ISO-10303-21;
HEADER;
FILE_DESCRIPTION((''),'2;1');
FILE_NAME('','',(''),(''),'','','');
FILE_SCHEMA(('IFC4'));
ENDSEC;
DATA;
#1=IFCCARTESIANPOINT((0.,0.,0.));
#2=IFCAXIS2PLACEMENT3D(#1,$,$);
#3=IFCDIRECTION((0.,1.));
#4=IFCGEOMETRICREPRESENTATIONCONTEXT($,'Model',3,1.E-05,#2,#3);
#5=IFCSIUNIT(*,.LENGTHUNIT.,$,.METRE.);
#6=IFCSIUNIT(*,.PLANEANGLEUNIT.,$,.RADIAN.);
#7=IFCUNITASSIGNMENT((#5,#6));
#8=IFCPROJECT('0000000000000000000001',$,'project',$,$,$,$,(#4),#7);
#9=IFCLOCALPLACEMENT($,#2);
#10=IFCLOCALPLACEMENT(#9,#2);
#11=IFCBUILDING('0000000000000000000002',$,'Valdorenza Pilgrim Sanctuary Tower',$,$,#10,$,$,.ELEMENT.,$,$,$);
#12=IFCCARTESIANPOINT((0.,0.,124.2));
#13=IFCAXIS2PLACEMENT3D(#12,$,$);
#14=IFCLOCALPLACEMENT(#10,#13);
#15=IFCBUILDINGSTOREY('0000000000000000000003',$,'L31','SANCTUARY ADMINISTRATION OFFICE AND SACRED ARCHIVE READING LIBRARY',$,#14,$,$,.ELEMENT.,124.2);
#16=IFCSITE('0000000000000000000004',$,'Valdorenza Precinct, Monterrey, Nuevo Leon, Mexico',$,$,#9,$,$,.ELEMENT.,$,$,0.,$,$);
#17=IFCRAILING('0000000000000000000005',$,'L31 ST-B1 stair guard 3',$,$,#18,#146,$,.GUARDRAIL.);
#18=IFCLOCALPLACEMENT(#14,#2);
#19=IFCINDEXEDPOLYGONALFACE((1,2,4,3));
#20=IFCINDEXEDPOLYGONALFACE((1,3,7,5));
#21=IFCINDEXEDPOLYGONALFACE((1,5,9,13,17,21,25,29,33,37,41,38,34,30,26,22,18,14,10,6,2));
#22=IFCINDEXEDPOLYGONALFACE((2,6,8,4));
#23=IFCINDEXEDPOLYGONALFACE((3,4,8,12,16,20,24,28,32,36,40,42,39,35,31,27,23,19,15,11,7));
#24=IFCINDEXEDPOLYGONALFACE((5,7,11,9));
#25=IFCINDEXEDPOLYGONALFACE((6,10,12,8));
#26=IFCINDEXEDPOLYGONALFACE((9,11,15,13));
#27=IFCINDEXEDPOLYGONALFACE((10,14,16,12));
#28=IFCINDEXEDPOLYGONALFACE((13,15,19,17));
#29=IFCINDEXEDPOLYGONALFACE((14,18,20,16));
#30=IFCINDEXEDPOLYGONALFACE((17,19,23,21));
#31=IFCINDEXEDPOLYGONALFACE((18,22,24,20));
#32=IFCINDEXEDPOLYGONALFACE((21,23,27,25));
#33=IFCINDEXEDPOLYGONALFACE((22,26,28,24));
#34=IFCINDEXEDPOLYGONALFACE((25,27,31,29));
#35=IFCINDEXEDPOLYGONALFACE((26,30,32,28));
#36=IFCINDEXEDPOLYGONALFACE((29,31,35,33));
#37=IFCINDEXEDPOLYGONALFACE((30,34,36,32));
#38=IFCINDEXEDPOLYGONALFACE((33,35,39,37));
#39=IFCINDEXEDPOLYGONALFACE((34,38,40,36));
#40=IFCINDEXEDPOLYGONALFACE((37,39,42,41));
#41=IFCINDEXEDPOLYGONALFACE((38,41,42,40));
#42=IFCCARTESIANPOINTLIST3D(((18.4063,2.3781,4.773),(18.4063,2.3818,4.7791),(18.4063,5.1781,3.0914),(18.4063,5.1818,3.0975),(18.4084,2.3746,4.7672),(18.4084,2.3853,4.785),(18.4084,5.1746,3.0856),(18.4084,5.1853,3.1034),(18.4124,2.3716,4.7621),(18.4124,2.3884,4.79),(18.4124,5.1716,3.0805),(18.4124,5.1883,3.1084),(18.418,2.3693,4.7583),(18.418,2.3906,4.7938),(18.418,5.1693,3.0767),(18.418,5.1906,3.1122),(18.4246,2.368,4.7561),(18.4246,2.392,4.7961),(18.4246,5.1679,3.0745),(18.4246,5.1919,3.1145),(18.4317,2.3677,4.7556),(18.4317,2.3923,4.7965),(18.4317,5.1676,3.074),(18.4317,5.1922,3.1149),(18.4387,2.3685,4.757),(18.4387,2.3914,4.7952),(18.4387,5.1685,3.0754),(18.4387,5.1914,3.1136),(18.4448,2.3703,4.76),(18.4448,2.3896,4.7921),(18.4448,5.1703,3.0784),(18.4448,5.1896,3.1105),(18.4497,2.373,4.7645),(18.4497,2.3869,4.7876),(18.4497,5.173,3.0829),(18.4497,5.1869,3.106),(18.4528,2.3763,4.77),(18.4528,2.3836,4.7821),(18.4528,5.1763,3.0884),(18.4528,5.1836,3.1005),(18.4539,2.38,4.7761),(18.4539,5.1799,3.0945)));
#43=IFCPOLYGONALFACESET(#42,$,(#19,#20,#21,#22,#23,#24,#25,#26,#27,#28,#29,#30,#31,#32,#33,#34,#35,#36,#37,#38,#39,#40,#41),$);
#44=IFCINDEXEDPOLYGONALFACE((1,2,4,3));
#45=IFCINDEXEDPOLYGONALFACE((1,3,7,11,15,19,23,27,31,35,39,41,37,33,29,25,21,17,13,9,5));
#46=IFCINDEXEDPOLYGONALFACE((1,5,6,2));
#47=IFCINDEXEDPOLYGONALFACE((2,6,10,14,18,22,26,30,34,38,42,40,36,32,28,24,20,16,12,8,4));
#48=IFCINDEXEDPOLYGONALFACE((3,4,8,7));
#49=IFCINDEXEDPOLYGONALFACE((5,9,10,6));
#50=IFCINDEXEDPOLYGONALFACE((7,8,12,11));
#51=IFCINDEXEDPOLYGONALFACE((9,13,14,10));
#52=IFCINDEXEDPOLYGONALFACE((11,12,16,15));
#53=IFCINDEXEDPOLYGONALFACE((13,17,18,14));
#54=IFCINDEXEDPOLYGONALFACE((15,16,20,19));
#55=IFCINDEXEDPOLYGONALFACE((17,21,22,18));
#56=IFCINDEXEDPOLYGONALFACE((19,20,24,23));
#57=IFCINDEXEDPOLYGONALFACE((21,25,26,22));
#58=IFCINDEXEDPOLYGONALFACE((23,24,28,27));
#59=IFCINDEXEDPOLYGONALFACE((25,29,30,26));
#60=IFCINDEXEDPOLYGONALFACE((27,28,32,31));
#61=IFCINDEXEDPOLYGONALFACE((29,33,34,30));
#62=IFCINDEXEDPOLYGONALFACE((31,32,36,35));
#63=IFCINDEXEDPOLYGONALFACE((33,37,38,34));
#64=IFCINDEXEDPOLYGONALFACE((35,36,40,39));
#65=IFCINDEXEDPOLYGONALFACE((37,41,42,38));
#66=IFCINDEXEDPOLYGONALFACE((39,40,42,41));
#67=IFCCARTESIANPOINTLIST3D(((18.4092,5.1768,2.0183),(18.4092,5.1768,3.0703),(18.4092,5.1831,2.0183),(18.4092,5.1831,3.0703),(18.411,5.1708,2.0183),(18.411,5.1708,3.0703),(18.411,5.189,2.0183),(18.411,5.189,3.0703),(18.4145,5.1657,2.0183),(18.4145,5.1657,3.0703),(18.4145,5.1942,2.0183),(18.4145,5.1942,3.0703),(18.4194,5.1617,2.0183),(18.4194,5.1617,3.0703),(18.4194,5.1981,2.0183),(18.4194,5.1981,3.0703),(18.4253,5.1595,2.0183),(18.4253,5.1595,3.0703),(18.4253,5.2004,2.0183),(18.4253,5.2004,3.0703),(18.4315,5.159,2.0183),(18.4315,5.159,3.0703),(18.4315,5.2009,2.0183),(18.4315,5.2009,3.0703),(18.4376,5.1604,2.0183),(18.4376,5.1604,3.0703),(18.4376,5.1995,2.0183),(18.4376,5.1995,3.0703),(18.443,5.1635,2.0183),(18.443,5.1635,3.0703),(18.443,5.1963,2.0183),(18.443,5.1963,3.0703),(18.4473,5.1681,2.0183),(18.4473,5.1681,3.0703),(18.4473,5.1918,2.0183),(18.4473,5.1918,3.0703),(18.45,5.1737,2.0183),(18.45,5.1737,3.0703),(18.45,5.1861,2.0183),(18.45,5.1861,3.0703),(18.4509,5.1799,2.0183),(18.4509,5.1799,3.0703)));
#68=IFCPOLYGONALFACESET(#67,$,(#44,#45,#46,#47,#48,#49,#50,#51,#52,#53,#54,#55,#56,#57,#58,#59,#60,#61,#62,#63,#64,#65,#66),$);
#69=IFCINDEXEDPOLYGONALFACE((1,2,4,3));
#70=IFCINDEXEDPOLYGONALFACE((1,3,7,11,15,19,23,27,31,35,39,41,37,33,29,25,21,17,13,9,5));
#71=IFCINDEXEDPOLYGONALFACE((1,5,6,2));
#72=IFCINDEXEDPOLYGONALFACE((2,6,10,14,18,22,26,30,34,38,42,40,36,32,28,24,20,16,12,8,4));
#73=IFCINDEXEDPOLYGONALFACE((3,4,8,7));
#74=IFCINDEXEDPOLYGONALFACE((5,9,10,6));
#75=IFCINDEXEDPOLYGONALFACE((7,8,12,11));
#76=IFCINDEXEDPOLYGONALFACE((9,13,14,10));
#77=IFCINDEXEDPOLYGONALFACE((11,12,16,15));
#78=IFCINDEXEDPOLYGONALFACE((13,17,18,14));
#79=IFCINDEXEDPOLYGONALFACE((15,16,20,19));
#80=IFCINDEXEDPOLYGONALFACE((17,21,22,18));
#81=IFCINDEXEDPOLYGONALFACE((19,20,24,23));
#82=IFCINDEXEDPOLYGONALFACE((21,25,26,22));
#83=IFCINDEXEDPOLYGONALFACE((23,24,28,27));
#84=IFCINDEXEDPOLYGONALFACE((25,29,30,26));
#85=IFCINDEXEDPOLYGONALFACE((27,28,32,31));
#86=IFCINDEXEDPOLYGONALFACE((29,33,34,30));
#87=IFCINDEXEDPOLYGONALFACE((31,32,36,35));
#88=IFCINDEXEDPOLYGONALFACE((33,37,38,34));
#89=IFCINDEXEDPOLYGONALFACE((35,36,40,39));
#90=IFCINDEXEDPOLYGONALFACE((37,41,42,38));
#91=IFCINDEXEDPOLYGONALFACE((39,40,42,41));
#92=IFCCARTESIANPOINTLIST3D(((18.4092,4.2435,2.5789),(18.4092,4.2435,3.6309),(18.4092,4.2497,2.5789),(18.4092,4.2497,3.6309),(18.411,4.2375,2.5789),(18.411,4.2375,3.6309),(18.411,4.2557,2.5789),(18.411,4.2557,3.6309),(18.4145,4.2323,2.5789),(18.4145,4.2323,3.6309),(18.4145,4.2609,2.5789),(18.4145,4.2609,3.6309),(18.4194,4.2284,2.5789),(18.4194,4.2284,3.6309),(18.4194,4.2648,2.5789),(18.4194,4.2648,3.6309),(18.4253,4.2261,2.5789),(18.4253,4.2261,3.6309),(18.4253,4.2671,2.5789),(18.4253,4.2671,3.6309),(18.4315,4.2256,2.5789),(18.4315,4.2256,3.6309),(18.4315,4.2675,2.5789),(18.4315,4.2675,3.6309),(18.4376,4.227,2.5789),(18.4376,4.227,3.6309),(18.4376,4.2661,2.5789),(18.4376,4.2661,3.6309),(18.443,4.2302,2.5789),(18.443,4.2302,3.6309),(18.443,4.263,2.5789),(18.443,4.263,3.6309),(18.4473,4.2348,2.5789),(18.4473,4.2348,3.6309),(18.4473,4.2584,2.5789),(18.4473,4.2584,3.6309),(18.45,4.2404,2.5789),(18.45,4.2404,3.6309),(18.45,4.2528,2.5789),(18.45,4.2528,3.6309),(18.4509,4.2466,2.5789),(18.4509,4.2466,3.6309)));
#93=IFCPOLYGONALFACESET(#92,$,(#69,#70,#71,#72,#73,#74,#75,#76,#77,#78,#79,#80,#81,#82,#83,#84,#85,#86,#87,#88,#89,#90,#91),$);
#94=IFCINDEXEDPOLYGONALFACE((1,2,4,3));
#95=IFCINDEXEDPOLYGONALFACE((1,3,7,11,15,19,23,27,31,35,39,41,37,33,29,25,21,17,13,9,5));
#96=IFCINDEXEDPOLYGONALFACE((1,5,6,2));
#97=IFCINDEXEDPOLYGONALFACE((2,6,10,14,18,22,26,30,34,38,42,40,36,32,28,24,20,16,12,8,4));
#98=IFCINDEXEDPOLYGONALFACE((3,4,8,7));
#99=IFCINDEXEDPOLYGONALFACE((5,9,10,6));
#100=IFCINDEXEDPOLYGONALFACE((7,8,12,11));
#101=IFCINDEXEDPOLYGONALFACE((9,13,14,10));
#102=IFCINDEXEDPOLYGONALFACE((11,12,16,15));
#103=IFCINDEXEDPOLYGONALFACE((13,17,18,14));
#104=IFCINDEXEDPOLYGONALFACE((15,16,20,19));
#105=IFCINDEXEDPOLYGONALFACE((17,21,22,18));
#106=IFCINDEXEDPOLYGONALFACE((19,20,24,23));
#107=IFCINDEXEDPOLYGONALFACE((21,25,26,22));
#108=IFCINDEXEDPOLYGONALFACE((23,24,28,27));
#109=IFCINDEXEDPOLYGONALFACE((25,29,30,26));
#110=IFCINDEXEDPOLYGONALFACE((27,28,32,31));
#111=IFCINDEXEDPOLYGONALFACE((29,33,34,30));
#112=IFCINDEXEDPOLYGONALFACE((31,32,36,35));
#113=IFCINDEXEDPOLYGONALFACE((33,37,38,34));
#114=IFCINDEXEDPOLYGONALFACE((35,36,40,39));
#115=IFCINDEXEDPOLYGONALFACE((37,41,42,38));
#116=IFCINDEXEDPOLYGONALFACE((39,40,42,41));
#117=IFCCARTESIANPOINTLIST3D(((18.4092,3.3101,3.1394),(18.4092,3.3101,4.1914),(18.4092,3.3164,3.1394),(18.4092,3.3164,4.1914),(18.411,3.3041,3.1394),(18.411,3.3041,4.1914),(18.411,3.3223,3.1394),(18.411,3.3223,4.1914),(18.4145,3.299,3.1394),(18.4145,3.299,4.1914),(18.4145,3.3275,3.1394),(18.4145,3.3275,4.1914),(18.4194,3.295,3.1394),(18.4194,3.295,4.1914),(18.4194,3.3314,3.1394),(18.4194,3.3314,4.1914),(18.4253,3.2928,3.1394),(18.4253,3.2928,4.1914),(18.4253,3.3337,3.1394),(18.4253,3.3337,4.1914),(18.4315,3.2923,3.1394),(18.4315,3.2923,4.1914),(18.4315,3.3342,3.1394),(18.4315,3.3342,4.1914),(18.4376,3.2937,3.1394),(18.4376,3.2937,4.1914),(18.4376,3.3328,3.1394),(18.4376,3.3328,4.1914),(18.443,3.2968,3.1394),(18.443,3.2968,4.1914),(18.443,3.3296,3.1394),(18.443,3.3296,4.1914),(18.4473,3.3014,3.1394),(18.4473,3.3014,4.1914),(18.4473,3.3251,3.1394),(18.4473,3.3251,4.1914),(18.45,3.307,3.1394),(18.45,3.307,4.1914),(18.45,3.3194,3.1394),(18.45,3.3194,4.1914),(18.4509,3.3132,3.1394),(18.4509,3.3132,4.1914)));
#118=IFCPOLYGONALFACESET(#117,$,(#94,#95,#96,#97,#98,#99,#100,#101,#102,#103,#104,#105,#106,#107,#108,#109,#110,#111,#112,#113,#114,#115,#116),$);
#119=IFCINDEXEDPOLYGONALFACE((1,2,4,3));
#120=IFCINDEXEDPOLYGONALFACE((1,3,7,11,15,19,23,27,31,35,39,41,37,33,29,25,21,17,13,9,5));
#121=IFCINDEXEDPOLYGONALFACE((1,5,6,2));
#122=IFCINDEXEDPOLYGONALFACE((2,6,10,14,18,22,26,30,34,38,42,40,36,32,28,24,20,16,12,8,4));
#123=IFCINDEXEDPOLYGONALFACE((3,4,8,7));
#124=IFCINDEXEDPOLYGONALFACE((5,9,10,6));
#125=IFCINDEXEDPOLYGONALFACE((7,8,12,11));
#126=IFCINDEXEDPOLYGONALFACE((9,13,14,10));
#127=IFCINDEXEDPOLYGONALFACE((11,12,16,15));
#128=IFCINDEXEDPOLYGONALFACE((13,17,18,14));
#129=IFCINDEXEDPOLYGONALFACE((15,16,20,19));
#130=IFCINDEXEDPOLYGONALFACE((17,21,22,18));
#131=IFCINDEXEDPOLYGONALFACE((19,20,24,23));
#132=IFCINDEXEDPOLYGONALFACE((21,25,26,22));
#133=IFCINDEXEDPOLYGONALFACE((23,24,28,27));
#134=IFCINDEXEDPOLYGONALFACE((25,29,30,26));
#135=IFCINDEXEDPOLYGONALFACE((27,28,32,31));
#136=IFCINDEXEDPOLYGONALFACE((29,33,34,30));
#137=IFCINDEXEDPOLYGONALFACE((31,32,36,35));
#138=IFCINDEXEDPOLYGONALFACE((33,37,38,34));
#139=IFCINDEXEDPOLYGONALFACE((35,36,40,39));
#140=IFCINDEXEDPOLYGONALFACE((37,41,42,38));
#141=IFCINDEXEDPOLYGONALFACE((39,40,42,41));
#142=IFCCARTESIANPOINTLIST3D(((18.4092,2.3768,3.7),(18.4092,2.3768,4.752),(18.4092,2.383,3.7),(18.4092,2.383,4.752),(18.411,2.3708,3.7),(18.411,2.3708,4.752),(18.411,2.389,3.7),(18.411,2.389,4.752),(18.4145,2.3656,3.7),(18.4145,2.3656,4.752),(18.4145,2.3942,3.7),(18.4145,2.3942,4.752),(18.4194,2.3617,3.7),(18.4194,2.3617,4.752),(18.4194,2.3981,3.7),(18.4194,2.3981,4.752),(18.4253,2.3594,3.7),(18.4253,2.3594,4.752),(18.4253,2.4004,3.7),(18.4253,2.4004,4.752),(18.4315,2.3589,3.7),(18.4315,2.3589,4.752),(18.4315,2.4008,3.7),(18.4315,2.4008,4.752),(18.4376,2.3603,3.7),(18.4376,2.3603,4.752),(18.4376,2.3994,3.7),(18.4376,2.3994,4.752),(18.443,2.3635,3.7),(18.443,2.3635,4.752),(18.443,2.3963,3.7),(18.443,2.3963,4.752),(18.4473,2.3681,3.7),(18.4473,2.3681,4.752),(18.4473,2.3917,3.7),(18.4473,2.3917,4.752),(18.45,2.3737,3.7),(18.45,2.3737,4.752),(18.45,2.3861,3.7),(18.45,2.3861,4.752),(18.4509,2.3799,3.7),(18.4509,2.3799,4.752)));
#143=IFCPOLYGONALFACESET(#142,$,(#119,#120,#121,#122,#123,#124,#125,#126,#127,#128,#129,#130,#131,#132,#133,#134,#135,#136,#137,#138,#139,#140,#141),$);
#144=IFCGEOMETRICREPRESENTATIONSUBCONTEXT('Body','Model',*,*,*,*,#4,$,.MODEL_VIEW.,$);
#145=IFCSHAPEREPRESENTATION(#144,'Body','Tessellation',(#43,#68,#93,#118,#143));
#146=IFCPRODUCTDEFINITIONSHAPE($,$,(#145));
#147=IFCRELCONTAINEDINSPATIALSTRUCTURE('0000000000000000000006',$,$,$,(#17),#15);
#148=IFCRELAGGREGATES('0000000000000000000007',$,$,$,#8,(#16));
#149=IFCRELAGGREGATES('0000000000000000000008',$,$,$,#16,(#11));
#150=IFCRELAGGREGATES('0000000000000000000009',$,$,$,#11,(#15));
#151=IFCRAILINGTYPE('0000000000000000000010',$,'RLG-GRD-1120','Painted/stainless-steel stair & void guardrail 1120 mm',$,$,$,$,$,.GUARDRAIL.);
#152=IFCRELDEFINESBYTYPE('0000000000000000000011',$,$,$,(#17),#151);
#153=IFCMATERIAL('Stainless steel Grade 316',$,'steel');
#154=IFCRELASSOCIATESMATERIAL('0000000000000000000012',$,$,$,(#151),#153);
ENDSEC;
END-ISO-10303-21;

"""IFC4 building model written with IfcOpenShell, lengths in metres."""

from ifc_helpers import new_model, si_unit, direction, frame, origin, origin_2d, place, context, subcontext, project, spatial, circle, extrude, material, type_object, element, save


model = new_model("IFC4")

# Units and contexts
model_context = context("Model", 3, precision=1e-05, world=origin(), true_north=direction((0.0, 1.0)))
body_context = subcontext(model_context, "Body", "Model", "MODEL_VIEW")
ifc_project = project(units=[si_unit("LENGTHUNIT", "METRE"), si_unit("PLANEANGLEUNIT", "RADIAN")], contexts=[model_context])

# Site, building, storey
site_placement = place(None, origin())
site = spatial("IfcSite", under=ifc_project, at=site_placement, Name="Valdorenza Precinct, Monterrey, Nuevo Leon, Mexico", CompositionType="ELEMENT", RefElevation=0.0)
building_placement = place(site_placement, origin())
building = spatial("IfcBuilding", under=site, at=building_placement, Name="Valdorenza Pilgrim Sanctuary Tower", CompositionType="ELEMENT")
storey_placement = place(building_placement, frame((0.0, 0.0, 124.2)))
storey = spatial("IfcBuildingStorey", under=building, at=storey_placement, Name="L31", Description="SANCTUARY ADMINISTRATION OFFICE AND SACRED ARCHIVE READING LIBRARY", CompositionType="ELEMENT", Elevation=124.2)

# Railing
ifc_material_1 = material(Name="Stainless steel Grade 316", Category="steel")
railing_type_1 = type_object("IfcRailingType", Name="RLG-GRD-1120", Description="Painted/stainless-steel stair & void guardrail 1120 mm", PredefinedType="GUARDRAIL", material=ifc_material_1)
railing_1_placement = place(storey_placement, frame((18.4299, 5.1799, 2.0183)))
element("IfcRailing", 1, at=railing_1_placement, inside=storey, type_object=railing_type_1, Name="L31 ST-B1 stair guard 3", PredefinedType="GUARDRAIL", context=body_context, shape_type="SweptSolid", body=[
    extrude(circle(Radius=0.0239, at=origin_2d()), frame((0.0, 0.0, 1.0762), z_axis=(0.0, -0.857275, 0.514858), x_axis=(1.0, 0.0, 0.0)), (0.0, 0.0, 1.0), 3.2661),
    extrude(circle(Radius=0.021, at=origin_2d()), origin(), (0.0, 0.0, 1.0), 1.052),
    extrude(circle(Radius=0.021, at=origin_2d()), frame((0.0, -0.9333, 0.5605)), (0.0, 0.0, 1.0), 1.052),
    extrude(circle(Radius=0.021, at=origin_2d()), frame((0.0, -1.8667, 1.1211)), (0.0, 0.0, 1.0), 1.052),
    extrude(circle(Radius=0.021, at=origin_2d()), frame((0.0, -2.8, 1.6816)), (0.0, 0.0, 1.0), 1.052),
])

save(model, "model.ifc")
